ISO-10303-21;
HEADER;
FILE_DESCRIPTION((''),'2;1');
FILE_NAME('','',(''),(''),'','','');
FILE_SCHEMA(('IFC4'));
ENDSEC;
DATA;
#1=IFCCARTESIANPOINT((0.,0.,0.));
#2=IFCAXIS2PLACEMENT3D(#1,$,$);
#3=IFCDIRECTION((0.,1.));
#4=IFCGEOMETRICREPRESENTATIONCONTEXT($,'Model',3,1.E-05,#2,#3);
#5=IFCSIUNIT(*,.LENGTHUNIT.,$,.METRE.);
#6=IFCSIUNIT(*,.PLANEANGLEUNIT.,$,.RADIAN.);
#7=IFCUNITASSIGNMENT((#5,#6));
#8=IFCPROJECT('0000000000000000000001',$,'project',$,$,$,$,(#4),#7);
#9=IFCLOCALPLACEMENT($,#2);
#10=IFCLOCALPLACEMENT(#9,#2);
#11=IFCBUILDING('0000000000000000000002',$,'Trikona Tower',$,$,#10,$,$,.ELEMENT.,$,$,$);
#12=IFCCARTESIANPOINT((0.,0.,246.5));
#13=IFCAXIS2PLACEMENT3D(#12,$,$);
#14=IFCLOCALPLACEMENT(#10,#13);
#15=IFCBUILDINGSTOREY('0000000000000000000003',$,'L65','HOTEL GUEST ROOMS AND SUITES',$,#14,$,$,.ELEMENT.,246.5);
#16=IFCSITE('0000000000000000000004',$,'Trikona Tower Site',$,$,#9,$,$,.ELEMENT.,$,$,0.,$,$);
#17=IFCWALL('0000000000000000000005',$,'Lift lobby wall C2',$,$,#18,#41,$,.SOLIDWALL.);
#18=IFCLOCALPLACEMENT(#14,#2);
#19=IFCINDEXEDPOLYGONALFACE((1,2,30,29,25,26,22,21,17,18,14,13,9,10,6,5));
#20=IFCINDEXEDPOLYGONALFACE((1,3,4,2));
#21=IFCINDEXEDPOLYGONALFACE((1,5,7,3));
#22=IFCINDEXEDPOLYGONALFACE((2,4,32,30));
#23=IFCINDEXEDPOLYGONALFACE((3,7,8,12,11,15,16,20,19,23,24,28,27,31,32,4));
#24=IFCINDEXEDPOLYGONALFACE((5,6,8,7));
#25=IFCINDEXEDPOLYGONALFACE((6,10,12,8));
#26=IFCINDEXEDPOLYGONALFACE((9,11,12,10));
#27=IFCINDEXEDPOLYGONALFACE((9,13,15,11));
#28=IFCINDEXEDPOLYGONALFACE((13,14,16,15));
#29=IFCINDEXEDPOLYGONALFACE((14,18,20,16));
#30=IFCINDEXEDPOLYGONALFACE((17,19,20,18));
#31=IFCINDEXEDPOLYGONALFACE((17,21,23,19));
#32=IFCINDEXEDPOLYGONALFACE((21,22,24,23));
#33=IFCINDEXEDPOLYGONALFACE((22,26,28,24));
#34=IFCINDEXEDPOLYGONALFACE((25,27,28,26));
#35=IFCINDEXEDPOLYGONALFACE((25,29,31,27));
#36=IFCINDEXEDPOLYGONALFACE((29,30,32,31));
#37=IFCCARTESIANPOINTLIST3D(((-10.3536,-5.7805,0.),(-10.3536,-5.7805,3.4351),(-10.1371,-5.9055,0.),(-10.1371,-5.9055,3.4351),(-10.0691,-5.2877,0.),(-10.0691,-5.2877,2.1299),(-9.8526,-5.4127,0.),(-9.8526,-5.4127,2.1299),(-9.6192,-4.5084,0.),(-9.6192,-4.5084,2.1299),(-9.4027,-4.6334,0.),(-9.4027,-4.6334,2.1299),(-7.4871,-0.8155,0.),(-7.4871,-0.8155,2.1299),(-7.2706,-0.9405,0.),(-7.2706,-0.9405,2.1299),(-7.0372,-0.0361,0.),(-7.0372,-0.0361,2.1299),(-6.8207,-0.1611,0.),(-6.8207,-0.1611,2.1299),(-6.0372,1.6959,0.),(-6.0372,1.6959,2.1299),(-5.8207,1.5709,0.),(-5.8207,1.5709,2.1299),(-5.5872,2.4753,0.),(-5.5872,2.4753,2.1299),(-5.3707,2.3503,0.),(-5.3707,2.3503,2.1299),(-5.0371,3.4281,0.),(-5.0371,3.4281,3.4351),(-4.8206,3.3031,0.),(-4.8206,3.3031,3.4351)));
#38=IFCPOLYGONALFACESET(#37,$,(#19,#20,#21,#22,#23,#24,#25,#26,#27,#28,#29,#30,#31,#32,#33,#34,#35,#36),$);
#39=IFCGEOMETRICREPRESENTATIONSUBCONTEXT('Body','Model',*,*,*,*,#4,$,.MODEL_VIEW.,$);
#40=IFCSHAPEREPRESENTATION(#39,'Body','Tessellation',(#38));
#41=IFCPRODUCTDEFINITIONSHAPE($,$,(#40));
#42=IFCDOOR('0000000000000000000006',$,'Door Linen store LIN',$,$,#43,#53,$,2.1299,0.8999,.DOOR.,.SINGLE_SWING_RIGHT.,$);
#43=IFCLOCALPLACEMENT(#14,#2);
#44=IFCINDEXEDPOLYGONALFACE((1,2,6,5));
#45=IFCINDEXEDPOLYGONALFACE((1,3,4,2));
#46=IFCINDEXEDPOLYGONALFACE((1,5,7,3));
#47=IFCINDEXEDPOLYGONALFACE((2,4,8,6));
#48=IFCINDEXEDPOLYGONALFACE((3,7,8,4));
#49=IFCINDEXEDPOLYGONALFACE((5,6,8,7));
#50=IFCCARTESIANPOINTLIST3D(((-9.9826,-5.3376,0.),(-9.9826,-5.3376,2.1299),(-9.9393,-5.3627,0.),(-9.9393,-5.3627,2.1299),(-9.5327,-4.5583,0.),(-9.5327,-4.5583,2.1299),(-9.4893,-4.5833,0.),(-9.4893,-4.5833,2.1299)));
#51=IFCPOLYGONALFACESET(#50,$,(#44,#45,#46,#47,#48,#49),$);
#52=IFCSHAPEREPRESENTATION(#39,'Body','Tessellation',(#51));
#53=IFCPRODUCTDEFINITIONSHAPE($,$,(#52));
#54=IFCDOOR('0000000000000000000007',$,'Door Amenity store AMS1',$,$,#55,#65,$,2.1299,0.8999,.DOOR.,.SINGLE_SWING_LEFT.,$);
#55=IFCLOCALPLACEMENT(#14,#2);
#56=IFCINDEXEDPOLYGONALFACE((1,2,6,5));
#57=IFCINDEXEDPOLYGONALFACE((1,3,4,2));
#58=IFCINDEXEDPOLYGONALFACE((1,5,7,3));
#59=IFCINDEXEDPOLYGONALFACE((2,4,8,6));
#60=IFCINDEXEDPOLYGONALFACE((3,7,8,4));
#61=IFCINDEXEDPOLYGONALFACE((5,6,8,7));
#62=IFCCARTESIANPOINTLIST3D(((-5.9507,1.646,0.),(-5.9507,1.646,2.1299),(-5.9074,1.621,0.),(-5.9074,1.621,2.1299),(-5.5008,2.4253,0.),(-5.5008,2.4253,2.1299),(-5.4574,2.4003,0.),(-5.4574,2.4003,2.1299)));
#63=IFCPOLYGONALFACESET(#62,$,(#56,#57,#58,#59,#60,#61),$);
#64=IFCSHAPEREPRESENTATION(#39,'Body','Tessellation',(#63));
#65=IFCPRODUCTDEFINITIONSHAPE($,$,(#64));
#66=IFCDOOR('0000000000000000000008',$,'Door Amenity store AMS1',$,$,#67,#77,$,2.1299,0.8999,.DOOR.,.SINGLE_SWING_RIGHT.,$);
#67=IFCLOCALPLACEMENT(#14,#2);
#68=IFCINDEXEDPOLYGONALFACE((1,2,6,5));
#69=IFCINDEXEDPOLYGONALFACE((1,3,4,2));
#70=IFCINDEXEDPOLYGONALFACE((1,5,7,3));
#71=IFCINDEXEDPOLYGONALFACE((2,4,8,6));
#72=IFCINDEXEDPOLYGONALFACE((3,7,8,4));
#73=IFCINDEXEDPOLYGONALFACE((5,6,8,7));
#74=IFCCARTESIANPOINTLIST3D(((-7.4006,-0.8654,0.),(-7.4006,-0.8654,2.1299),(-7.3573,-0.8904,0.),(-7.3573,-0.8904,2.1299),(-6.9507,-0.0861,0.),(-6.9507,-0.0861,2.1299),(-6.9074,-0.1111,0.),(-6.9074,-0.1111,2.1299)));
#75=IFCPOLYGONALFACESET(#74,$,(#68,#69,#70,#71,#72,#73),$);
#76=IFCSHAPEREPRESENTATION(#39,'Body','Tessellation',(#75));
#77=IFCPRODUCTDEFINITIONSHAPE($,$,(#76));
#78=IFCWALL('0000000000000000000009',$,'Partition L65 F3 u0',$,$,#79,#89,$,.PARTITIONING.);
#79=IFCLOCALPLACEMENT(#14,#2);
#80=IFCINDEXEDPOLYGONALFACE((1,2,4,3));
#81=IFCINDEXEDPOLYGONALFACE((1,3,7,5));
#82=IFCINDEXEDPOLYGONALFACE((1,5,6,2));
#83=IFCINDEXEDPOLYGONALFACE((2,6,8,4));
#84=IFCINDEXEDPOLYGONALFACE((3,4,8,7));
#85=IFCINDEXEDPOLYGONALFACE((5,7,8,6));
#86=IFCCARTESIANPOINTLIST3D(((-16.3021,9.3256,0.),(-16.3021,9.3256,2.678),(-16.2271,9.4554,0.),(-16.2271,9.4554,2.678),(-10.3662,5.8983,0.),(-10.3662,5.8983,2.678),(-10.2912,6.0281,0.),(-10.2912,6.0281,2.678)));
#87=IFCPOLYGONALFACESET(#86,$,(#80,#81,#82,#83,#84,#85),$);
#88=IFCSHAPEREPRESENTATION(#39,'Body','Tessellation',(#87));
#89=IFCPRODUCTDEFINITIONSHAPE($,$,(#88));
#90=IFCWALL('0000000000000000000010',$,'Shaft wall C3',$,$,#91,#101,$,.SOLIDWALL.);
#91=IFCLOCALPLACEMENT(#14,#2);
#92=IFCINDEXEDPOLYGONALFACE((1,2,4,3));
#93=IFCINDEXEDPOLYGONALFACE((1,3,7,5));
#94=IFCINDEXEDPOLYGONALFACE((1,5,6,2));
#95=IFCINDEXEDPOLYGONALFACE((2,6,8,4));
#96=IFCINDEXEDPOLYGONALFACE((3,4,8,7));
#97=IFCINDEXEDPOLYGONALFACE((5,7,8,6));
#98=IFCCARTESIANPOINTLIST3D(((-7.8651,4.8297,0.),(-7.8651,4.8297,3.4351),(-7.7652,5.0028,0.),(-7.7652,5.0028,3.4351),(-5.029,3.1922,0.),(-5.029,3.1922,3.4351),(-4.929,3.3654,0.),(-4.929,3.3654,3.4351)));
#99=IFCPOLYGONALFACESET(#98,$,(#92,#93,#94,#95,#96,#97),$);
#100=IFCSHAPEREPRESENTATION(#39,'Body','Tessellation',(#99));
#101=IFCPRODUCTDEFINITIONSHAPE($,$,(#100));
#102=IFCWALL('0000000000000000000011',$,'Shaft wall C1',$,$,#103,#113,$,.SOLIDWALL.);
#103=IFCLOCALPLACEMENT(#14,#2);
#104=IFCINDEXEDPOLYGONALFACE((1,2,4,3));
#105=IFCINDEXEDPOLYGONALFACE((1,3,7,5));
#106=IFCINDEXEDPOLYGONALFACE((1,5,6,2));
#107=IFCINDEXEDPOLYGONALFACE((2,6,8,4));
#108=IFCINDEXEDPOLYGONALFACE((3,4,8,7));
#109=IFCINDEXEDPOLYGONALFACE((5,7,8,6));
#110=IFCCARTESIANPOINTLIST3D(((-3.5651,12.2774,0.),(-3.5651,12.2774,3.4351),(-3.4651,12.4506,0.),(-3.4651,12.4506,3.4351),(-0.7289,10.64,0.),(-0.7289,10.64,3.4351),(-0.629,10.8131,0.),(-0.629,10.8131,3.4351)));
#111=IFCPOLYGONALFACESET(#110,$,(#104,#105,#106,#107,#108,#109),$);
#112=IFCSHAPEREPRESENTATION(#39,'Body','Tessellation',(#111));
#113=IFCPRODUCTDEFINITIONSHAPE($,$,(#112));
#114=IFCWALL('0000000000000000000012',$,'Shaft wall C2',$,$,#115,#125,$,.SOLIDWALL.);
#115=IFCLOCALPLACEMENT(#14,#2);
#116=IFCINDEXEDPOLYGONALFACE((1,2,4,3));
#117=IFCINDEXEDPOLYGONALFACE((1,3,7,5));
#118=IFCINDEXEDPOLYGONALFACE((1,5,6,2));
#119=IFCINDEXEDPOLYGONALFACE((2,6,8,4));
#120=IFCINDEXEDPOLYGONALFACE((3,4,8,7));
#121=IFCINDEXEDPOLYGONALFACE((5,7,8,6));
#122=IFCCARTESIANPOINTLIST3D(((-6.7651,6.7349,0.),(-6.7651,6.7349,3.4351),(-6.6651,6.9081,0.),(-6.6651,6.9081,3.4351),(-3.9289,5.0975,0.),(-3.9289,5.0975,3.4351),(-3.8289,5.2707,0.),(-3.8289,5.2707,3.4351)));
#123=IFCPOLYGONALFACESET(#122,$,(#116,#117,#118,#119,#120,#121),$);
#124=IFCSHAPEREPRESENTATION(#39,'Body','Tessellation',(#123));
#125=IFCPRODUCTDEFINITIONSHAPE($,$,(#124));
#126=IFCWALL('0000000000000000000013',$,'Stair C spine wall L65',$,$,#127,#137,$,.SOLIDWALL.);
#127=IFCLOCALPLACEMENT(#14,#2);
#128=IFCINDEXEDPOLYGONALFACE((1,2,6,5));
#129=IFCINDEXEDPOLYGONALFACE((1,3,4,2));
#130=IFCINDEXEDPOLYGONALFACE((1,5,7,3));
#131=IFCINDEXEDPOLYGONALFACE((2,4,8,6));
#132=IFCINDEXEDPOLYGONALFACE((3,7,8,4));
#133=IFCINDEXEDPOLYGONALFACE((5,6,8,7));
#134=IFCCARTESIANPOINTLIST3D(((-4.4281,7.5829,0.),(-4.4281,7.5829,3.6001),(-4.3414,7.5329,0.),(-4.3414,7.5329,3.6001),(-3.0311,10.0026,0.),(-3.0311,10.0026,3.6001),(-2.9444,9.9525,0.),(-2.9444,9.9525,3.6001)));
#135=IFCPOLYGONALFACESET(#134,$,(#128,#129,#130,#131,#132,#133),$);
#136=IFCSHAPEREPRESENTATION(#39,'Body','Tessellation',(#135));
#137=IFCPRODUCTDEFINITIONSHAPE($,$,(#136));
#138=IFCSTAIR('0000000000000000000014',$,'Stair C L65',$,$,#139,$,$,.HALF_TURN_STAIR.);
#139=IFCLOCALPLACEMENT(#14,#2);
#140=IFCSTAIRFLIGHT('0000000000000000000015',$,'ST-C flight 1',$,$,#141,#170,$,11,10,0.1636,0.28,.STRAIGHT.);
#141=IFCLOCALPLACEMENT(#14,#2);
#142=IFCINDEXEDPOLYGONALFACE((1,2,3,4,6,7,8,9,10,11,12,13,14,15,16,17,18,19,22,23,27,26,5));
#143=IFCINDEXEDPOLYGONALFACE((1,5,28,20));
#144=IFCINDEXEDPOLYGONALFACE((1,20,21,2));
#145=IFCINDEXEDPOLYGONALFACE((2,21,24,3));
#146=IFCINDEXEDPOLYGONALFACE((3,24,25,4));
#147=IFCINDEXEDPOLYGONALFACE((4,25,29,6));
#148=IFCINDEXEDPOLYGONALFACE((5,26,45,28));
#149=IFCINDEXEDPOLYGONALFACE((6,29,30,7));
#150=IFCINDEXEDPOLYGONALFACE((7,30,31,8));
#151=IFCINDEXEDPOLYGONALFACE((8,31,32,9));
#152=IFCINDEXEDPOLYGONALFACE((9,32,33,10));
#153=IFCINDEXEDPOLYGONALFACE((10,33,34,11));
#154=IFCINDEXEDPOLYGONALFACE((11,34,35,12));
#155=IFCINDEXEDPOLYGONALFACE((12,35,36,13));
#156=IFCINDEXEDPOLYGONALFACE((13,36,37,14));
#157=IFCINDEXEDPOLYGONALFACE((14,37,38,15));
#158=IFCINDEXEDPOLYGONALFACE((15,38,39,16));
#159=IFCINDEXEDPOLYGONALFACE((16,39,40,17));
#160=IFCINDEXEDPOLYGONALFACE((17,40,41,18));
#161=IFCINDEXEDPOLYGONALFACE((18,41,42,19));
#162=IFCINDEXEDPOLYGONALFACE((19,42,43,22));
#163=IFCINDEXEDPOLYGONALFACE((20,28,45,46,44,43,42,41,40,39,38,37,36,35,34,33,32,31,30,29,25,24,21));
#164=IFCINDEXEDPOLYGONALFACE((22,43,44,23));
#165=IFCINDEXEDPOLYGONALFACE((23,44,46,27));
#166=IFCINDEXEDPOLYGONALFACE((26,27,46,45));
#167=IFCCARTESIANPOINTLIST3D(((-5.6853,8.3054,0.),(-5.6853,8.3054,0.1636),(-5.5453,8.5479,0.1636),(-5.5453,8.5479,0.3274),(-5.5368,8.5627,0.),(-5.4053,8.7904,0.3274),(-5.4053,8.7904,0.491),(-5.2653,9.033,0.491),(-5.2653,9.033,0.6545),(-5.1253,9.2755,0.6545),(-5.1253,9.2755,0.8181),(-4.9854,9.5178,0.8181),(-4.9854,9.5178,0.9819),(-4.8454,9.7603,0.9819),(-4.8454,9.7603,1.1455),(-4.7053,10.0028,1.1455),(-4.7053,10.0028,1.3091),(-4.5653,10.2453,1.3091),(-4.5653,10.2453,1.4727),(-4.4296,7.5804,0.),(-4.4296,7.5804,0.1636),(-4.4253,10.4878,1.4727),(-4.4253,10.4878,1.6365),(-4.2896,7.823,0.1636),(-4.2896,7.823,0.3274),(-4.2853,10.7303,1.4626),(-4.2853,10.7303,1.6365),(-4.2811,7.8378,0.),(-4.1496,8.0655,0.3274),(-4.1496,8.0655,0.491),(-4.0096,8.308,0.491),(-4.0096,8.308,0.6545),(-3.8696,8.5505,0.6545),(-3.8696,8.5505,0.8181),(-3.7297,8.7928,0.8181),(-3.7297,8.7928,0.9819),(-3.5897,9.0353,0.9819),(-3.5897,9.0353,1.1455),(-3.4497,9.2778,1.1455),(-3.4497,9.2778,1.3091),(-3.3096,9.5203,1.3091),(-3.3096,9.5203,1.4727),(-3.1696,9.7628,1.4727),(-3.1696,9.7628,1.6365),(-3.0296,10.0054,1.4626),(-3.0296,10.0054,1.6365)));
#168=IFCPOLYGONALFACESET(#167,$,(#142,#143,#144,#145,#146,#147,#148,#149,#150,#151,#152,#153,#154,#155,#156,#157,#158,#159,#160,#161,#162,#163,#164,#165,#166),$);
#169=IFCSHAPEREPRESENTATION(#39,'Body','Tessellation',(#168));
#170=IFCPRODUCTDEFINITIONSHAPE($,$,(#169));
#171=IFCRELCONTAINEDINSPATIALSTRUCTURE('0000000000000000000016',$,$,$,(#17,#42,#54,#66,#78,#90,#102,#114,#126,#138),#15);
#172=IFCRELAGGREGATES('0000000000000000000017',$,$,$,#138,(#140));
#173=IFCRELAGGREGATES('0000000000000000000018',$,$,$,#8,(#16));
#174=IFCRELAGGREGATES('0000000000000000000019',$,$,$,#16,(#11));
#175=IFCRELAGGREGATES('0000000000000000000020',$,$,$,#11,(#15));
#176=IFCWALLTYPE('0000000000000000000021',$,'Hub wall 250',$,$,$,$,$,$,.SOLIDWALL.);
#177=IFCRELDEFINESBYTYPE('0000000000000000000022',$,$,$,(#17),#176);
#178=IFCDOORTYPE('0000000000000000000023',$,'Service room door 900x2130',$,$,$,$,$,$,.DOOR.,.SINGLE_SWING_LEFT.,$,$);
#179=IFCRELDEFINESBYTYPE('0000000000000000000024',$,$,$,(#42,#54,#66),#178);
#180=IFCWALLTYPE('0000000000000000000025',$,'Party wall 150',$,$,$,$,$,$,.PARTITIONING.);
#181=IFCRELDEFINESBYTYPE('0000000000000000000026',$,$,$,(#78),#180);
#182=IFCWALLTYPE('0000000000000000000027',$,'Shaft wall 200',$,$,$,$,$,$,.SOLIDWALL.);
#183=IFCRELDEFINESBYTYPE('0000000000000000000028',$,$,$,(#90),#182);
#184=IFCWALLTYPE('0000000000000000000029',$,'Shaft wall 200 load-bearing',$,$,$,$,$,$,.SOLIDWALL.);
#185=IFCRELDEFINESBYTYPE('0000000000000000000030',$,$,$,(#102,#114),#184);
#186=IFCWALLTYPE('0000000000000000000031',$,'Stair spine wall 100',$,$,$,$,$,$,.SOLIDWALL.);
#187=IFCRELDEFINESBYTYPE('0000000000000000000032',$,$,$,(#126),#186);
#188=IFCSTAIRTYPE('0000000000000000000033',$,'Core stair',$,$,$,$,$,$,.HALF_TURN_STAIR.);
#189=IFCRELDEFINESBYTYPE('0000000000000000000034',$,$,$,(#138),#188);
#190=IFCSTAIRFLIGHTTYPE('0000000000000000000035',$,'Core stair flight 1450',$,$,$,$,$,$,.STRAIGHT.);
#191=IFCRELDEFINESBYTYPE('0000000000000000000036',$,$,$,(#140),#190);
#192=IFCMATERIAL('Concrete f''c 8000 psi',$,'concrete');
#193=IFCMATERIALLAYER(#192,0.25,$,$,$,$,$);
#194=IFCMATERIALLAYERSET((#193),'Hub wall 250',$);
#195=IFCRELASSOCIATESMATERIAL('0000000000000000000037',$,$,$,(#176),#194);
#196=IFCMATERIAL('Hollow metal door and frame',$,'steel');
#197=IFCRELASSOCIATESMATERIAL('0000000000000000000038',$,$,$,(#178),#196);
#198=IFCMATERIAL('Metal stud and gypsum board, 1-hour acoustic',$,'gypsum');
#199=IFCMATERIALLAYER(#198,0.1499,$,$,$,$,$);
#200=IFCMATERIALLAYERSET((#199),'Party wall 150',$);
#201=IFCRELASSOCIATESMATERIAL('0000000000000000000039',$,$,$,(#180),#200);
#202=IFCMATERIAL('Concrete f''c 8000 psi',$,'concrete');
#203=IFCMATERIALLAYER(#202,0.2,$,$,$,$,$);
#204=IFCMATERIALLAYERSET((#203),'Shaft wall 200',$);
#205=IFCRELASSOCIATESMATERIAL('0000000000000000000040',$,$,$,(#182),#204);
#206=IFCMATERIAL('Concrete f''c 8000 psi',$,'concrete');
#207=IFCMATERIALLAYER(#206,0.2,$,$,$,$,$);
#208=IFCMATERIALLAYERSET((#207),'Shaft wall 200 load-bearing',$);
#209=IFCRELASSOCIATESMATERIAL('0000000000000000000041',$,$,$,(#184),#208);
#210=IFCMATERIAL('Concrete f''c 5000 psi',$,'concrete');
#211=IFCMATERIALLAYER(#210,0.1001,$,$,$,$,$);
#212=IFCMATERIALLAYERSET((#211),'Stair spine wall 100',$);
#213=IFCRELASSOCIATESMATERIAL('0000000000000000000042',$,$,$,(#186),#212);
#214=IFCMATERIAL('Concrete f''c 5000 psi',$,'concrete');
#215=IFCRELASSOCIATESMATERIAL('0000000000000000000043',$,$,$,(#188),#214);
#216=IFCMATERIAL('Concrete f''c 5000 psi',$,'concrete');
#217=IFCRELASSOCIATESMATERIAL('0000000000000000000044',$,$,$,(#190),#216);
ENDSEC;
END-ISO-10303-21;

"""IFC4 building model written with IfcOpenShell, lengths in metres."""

from ifc_helpers import new_model, si_unit, direction, frame, frame_2d, origin, place, context, subcontext, project, spatial, polyline, rectangle, outline, extrude, material, layer, layer_set, type_object, element, fill, aggregate, save


model = new_model("IFC4")

# Units and contexts
model_context = context("Model", 3, precision=1e-05, world=origin(), true_north=direction((0.0, 1.0)))
body_context = subcontext(model_context, "Body", "Model", "MODEL_VIEW")
ifc_project = project(units=[si_unit("LENGTHUNIT", "METRE"), si_unit("PLANEANGLEUNIT", "RADIAN")], contexts=[model_context])

# Site, building, storey
site_placement = place(None, origin())
site = spatial("IfcSite", under=ifc_project, at=site_placement, Name="Trikona Tower Site", CompositionType="ELEMENT", RefElevation=0.0)
building_placement = place(site_placement, origin())
building = spatial("IfcBuilding", under=site, at=building_placement, Name="Trikona Tower", CompositionType="ELEMENT")
storey_placement = place(building_placement, frame((0.0, 0.0, 246.5)))
storey = spatial("IfcBuildingStorey", under=building, at=storey_placement, Name="L65", Description="HOTEL GUEST ROOMS AND SUITES", CompositionType="ELEMENT", Elevation=246.5)

# Wall, openings, doors
ifc_material_1 = material(Name="Concrete f'c 8000 psi", Category="concrete")
ifc_layer_1 = layer(ifc_material_1, 0.25)
ifc_layer_set_1 = layer_set([ifc_layer_1], Name="Hub wall 250")
wall_type_1 = type_object("IfcWallType", Name="Hub wall 250", PredefinedType="SOLIDWALL", material=ifc_layer_set_1)
wall_1_placement = place(storey_placement, frame((-4.929, 3.3655, 0.0), z_axis=(0.0, 0.0, 1.0), x_axis=(-0.499991, -0.86603, 0.0)))
wall_1 = element("IfcWall", 1, at=wall_1_placement, inside=storey, type_object=wall_type_1, Name="Lift lobby wall C2", PredefinedType="SOLIDWALL", context=body_context, shape_type="SweptSolid", body=[
    extrude(rectangle(XDim=10.6331, YDim=0.25, at=frame_2d((5.3164, 0.0))), origin(), (0.0, 0.0, 1.0), 3.4351),
])
opening_1_placement = place(wall_1_placement, frame((9.1641, 0.0, 0.0)))
opening_1 = element("IfcOpeningElement", 2, at=opening_1_placement, cuts=wall_1, PredefinedType="OPENING", context=body_context, shape_type="SweptSolid", body=[
    extrude(rectangle(XDim=0.8999, YDim=2.1299, at=frame_2d((0.45, 1.0649))), frame((0.0, 0.135, 0.0), z_axis=(0.0, -1.0, 0.0), x_axis=(1.0, 0.0, 0.0)), (0.0, 0.0, 1.0), 0.27),
])
opening_2_placement = place(wall_1_placement, frame((1.1001, 0.0, 0.0)))
opening_2 = element("IfcOpeningElement", 3, at=opening_2_placement, cuts=wall_1, PredefinedType="OPENING", context=body_context, shape_type="SweptSolid", body=[
    extrude(rectangle(XDim=0.8999, YDim=2.1299, at=frame_2d((0.45, 1.0649))), frame((0.0, 0.135, 0.0), z_axis=(0.0, -1.0, 0.0), x_axis=(1.0, 0.0, 0.0)), (0.0, 0.0, 1.0), 0.27),
])
opening_3_placement = place(wall_1_placement, frame((4.0, 0.0, 0.0)))
opening_3 = element("IfcOpeningElement", 4, at=opening_3_placement, cuts=wall_1, PredefinedType="OPENING", context=body_context, shape_type="SweptSolid", body=[
    extrude(rectangle(XDim=0.8999, YDim=2.1299, at=frame_2d((0.45, 1.0649))), frame((0.0, 0.135, 0.0), z_axis=(0.0, -1.0, 0.0), x_axis=(1.0, 0.0, 0.0)), (0.0, 0.0, 1.0), 0.27),
])
ifc_material_2 = material(Name="Hollow metal door and frame", Category="steel")
door_type_1 = type_object("IfcDoorType", Name="Service room door 900x2130", OperationType="SINGLE_SWING_LEFT", PredefinedType="DOOR", material=ifc_material_2)
door_1_placement = place(opening_1_placement, origin())
door_1 = element("IfcDoor", 5, at=door_1_placement, inside=storey, type_object=door_type_1, Name="Door Linen store LIN", OperationType="SINGLE_SWING_RIGHT", OverallHeight=2.1299, OverallWidth=0.8999, PredefinedType="DOOR", context=body_context, shape_type="SweptSolid", body=[
    extrude(rectangle(XDim=0.8999, YDim=2.1299, at=frame_2d((0.45, 1.0649))), frame((0.0, 0.0249, 0.0), z_axis=(0.0, -1.0, 0.0), x_axis=(1.0, 0.0, 0.0)), (0.0, 0.0, 1.0), 0.05),
])
fill(opening_1, door_1)
door_2_placement = place(opening_2_placement, origin())
door_2 = element("IfcDoor", 6, at=door_2_placement, inside=storey, type_object=door_type_1, Name="Door Amenity store AMS1", OperationType="SINGLE_SWING_LEFT", OverallHeight=2.1299, OverallWidth=0.8999, PredefinedType="DOOR", context=body_context, shape_type="SweptSolid", body=[
    extrude(rectangle(XDim=0.8999, YDim=2.1299, at=frame_2d((0.45, 1.0649))), frame((0.0, 0.0249, 0.0), z_axis=(0.0, -1.0, 0.0), x_axis=(1.0, 0.0, 0.0)), (0.0, 0.0, 1.0), 0.05),
])
fill(opening_2, door_2)
door_3_placement = place(opening_3_placement, origin())
door_3 = element("IfcDoor", 7, at=door_3_placement, inside=storey, type_object=door_type_1, Name="Door Amenity store AMS1", OperationType="SINGLE_SWING_RIGHT", OverallHeight=2.1299, OverallWidth=0.8999, PredefinedType="DOOR", context=body_context, shape_type="SweptSolid", body=[
    extrude(rectangle(XDim=0.8999, YDim=2.1299, at=frame_2d((0.45, 1.0649))), frame((0.0, 0.0249, 0.0), z_axis=(0.0, -1.0, 0.0), x_axis=(1.0, 0.0, 0.0)), (0.0, 0.0, 1.0), 0.05),
])
fill(opening_3, door_3)

# Walls
ifc_material_3 = material(Name="Metal stud and gypsum board, 1-hour acoustic", Category="gypsum")
ifc_layer_2 = layer(ifc_material_3, 0.1499)
ifc_layer_set_2 = layer_set([ifc_layer_2], Name="Party wall 150")
wall_type_2 = type_object("IfcWallType", Name="Party wall 150", PredefinedType="PARTITIONING", material=ifc_layer_set_2)
wall_2_placement = place(storey_placement, frame((-10.3286, 5.9631, 0.0), z_axis=(0.0, 0.0, 1.0), x_axis=(-0.866012, 0.500024, 0.0)))
element("IfcWall", 8, at=wall_2_placement, inside=storey, type_object=wall_type_2, Name="Partition L65 F3 u0", PredefinedType="PARTITIONING", context=body_context, shape_type="SweptSolid", body=[
    extrude(rectangle(XDim=6.8542, YDim=0.1499, at=frame_2d((3.4272, 0.0))), origin(), (0.0, 0.0, 1.0), 2.678),
])
ifc_material_4 = material(Name="Concrete f'c 8000 psi", Category="concrete")
ifc_layer_3 = layer(ifc_material_4, 0.2)
ifc_layer_set_3 = layer_set([ifc_layer_3], Name="Shaft wall 200")
wall_type_3 = type_object("IfcWallType", Name="Shaft wall 200", PredefinedType="SOLIDWALL", material=ifc_layer_set_3)
wall_3_placement = place(storey_placement, frame((-4.979, 3.2788, 0.0), z_axis=(0.0, 0.0, 1.0), x_axis=(-0.866028, 0.499996, 0.0)))
element("IfcWall", 9, at=wall_3_placement, inside=storey, type_object=wall_type_3, Name="Shaft wall C3", PredefinedType="SOLIDWALL", context=body_context, shape_type="SweptSolid", body=[
    extrude(rectangle(XDim=3.2749, YDim=0.2, at=frame_2d((1.6375, 0.0))), origin(), (0.0, 0.0, 1.0), 3.4351),
])
ifc_material_5 = material(Name="Concrete f'c 8000 psi", Category="concrete")
ifc_layer_4 = layer(ifc_material_5, 0.2)
ifc_layer_set_4 = layer_set([ifc_layer_4], Name="Shaft wall 200 load-bearing")
wall_type_4 = type_object("IfcWallType", Name="Shaft wall 200 load-bearing", PredefinedType="SOLIDWALL", material=ifc_layer_set_4)
for number, where, z_axis, x_axis, name in (
    (10, (-0.679, 10.7266, 0.0), (0.0, 0.0, 1.0), (-0.866028, 0.499996, 0.0), "Shaft wall C1"),
    (11, (-3.8789, 5.1841, 0.0), (0.0, 0.0, 1.0), (-0.866028, 0.499996, 0.0), "Shaft wall C2"),
):
    element("IfcWall", number, at=place(storey_placement, frame(where, z_axis=z_axis, x_axis=x_axis)), inside=storey, type_object=wall_type_4, Name=name, PredefinedType="SOLIDWALL", context=body_context, shape_type="SweptSolid", body=[
        extrude(rectangle(XDim=3.2749, YDim=0.2, at=frame_2d((1.6375, 0.0))), origin(), (0.0, 0.0, 1.0), 3.4351),
    ])
ifc_material_6 = material(Name="Concrete f'c 5000 psi", Category="concrete")
ifc_layer_5 = layer(ifc_material_6, 0.1001)
ifc_layer_set_5 = layer_set([ifc_layer_5], Name="Stair spine wall 100")
wall_type_5 = type_object("IfcWallType", Name="Stair spine wall 100", PredefinedType="SOLIDWALL", material=ifc_layer_set_5)
wall_4_placement = place(storey_placement, frame((-2.9878, 9.9775, 0.0), z_axis=(0.0, 0.0, 1.0), x_axis=(-0.499992, -0.86603, 0.0)))
element("IfcWall", 12, at=wall_4_placement, inside=storey, type_object=wall_type_5, Name="Stair C spine wall L65", PredefinedType="SOLIDWALL", context=body_context, shape_type="SweptSolid", body=[
    extrude(rectangle(XDim=2.7939, YDim=0.1001, at=frame_2d((1.397, 0.0))), origin(), (0.0, 0.0, 1.0), 3.6001),
])

# Stair, stair flight
ifc_material_7 = material(Name="Concrete f'c 5000 psi", Category="concrete")
stair_type = type_object("IfcStairType", Name="Core stair", PredefinedType="HALF_TURN_STAIR", material=ifc_material_7)
stair_placement = place(storey_placement, origin())
stair = element("IfcStair", 13, at=stair_placement, inside=storey, type_object=stair_type, Name="Stair C L65", PredefinedType="HALF_TURN_STAIR")
ifc_material_8 = material(Name="Concrete f'c 5000 psi", Category="concrete")
stair_flight_type = type_object("IfcStairFlightType", Name="Core stair flight 1450", PredefinedType="STRAIGHT", material=ifc_material_8)
stair_flight_1_placement = place(storey_placement, frame((-5.0574, 7.9429, 0.0), z_axis=(0.0, 0.0, 1.0), x_axis=(0.5, 0.866025, 0.0)))
stair_flight_1 = element("IfcStairFlight", 14, at=stair_flight_1_placement, type_object=stair_flight_type, Name="ST-C flight 1", NumberOfRisers=11, NumberOfTreads=10, PredefinedType="STRAIGHT", RiserHeight=0.1636, TreadLength=0.28, context=body_context, shape_type="SweptSolid", body=[
    extrude(outline(polyline([(0.0, 0.0), (0.0, 0.1636), (0.28, 0.1636), (0.28, 0.3274), (0.5601, 0.3274), (0.5601, 0.491), (0.8401, 0.491), (0.8401, 0.6545), (1.1201, 0.6545), (1.1201, 0.8181), (1.3999, 0.8181), (1.3999, 0.9819), (1.6799, 0.9819), (1.6799, 1.1455), (1.96, 1.1455), (1.96, 1.3091), (2.24, 1.3091), (2.24, 1.4727), (2.52, 1.4727), (2.52, 1.6365), (2.8, 1.6365), (2.8, 1.8), (2.8, 1.4626), (0.2971, 0.0), (0.0, 0.0)])), frame((0.0, 0.7251, 0.0), z_axis=(0.0, -1.0, 0.0), x_axis=(1.0, 0.0, 0.0)), (0.0, 0.0, 1.0), 1.45),
])
aggregate(stair, [stair_flight_1])

save(model, "model.ifc")
